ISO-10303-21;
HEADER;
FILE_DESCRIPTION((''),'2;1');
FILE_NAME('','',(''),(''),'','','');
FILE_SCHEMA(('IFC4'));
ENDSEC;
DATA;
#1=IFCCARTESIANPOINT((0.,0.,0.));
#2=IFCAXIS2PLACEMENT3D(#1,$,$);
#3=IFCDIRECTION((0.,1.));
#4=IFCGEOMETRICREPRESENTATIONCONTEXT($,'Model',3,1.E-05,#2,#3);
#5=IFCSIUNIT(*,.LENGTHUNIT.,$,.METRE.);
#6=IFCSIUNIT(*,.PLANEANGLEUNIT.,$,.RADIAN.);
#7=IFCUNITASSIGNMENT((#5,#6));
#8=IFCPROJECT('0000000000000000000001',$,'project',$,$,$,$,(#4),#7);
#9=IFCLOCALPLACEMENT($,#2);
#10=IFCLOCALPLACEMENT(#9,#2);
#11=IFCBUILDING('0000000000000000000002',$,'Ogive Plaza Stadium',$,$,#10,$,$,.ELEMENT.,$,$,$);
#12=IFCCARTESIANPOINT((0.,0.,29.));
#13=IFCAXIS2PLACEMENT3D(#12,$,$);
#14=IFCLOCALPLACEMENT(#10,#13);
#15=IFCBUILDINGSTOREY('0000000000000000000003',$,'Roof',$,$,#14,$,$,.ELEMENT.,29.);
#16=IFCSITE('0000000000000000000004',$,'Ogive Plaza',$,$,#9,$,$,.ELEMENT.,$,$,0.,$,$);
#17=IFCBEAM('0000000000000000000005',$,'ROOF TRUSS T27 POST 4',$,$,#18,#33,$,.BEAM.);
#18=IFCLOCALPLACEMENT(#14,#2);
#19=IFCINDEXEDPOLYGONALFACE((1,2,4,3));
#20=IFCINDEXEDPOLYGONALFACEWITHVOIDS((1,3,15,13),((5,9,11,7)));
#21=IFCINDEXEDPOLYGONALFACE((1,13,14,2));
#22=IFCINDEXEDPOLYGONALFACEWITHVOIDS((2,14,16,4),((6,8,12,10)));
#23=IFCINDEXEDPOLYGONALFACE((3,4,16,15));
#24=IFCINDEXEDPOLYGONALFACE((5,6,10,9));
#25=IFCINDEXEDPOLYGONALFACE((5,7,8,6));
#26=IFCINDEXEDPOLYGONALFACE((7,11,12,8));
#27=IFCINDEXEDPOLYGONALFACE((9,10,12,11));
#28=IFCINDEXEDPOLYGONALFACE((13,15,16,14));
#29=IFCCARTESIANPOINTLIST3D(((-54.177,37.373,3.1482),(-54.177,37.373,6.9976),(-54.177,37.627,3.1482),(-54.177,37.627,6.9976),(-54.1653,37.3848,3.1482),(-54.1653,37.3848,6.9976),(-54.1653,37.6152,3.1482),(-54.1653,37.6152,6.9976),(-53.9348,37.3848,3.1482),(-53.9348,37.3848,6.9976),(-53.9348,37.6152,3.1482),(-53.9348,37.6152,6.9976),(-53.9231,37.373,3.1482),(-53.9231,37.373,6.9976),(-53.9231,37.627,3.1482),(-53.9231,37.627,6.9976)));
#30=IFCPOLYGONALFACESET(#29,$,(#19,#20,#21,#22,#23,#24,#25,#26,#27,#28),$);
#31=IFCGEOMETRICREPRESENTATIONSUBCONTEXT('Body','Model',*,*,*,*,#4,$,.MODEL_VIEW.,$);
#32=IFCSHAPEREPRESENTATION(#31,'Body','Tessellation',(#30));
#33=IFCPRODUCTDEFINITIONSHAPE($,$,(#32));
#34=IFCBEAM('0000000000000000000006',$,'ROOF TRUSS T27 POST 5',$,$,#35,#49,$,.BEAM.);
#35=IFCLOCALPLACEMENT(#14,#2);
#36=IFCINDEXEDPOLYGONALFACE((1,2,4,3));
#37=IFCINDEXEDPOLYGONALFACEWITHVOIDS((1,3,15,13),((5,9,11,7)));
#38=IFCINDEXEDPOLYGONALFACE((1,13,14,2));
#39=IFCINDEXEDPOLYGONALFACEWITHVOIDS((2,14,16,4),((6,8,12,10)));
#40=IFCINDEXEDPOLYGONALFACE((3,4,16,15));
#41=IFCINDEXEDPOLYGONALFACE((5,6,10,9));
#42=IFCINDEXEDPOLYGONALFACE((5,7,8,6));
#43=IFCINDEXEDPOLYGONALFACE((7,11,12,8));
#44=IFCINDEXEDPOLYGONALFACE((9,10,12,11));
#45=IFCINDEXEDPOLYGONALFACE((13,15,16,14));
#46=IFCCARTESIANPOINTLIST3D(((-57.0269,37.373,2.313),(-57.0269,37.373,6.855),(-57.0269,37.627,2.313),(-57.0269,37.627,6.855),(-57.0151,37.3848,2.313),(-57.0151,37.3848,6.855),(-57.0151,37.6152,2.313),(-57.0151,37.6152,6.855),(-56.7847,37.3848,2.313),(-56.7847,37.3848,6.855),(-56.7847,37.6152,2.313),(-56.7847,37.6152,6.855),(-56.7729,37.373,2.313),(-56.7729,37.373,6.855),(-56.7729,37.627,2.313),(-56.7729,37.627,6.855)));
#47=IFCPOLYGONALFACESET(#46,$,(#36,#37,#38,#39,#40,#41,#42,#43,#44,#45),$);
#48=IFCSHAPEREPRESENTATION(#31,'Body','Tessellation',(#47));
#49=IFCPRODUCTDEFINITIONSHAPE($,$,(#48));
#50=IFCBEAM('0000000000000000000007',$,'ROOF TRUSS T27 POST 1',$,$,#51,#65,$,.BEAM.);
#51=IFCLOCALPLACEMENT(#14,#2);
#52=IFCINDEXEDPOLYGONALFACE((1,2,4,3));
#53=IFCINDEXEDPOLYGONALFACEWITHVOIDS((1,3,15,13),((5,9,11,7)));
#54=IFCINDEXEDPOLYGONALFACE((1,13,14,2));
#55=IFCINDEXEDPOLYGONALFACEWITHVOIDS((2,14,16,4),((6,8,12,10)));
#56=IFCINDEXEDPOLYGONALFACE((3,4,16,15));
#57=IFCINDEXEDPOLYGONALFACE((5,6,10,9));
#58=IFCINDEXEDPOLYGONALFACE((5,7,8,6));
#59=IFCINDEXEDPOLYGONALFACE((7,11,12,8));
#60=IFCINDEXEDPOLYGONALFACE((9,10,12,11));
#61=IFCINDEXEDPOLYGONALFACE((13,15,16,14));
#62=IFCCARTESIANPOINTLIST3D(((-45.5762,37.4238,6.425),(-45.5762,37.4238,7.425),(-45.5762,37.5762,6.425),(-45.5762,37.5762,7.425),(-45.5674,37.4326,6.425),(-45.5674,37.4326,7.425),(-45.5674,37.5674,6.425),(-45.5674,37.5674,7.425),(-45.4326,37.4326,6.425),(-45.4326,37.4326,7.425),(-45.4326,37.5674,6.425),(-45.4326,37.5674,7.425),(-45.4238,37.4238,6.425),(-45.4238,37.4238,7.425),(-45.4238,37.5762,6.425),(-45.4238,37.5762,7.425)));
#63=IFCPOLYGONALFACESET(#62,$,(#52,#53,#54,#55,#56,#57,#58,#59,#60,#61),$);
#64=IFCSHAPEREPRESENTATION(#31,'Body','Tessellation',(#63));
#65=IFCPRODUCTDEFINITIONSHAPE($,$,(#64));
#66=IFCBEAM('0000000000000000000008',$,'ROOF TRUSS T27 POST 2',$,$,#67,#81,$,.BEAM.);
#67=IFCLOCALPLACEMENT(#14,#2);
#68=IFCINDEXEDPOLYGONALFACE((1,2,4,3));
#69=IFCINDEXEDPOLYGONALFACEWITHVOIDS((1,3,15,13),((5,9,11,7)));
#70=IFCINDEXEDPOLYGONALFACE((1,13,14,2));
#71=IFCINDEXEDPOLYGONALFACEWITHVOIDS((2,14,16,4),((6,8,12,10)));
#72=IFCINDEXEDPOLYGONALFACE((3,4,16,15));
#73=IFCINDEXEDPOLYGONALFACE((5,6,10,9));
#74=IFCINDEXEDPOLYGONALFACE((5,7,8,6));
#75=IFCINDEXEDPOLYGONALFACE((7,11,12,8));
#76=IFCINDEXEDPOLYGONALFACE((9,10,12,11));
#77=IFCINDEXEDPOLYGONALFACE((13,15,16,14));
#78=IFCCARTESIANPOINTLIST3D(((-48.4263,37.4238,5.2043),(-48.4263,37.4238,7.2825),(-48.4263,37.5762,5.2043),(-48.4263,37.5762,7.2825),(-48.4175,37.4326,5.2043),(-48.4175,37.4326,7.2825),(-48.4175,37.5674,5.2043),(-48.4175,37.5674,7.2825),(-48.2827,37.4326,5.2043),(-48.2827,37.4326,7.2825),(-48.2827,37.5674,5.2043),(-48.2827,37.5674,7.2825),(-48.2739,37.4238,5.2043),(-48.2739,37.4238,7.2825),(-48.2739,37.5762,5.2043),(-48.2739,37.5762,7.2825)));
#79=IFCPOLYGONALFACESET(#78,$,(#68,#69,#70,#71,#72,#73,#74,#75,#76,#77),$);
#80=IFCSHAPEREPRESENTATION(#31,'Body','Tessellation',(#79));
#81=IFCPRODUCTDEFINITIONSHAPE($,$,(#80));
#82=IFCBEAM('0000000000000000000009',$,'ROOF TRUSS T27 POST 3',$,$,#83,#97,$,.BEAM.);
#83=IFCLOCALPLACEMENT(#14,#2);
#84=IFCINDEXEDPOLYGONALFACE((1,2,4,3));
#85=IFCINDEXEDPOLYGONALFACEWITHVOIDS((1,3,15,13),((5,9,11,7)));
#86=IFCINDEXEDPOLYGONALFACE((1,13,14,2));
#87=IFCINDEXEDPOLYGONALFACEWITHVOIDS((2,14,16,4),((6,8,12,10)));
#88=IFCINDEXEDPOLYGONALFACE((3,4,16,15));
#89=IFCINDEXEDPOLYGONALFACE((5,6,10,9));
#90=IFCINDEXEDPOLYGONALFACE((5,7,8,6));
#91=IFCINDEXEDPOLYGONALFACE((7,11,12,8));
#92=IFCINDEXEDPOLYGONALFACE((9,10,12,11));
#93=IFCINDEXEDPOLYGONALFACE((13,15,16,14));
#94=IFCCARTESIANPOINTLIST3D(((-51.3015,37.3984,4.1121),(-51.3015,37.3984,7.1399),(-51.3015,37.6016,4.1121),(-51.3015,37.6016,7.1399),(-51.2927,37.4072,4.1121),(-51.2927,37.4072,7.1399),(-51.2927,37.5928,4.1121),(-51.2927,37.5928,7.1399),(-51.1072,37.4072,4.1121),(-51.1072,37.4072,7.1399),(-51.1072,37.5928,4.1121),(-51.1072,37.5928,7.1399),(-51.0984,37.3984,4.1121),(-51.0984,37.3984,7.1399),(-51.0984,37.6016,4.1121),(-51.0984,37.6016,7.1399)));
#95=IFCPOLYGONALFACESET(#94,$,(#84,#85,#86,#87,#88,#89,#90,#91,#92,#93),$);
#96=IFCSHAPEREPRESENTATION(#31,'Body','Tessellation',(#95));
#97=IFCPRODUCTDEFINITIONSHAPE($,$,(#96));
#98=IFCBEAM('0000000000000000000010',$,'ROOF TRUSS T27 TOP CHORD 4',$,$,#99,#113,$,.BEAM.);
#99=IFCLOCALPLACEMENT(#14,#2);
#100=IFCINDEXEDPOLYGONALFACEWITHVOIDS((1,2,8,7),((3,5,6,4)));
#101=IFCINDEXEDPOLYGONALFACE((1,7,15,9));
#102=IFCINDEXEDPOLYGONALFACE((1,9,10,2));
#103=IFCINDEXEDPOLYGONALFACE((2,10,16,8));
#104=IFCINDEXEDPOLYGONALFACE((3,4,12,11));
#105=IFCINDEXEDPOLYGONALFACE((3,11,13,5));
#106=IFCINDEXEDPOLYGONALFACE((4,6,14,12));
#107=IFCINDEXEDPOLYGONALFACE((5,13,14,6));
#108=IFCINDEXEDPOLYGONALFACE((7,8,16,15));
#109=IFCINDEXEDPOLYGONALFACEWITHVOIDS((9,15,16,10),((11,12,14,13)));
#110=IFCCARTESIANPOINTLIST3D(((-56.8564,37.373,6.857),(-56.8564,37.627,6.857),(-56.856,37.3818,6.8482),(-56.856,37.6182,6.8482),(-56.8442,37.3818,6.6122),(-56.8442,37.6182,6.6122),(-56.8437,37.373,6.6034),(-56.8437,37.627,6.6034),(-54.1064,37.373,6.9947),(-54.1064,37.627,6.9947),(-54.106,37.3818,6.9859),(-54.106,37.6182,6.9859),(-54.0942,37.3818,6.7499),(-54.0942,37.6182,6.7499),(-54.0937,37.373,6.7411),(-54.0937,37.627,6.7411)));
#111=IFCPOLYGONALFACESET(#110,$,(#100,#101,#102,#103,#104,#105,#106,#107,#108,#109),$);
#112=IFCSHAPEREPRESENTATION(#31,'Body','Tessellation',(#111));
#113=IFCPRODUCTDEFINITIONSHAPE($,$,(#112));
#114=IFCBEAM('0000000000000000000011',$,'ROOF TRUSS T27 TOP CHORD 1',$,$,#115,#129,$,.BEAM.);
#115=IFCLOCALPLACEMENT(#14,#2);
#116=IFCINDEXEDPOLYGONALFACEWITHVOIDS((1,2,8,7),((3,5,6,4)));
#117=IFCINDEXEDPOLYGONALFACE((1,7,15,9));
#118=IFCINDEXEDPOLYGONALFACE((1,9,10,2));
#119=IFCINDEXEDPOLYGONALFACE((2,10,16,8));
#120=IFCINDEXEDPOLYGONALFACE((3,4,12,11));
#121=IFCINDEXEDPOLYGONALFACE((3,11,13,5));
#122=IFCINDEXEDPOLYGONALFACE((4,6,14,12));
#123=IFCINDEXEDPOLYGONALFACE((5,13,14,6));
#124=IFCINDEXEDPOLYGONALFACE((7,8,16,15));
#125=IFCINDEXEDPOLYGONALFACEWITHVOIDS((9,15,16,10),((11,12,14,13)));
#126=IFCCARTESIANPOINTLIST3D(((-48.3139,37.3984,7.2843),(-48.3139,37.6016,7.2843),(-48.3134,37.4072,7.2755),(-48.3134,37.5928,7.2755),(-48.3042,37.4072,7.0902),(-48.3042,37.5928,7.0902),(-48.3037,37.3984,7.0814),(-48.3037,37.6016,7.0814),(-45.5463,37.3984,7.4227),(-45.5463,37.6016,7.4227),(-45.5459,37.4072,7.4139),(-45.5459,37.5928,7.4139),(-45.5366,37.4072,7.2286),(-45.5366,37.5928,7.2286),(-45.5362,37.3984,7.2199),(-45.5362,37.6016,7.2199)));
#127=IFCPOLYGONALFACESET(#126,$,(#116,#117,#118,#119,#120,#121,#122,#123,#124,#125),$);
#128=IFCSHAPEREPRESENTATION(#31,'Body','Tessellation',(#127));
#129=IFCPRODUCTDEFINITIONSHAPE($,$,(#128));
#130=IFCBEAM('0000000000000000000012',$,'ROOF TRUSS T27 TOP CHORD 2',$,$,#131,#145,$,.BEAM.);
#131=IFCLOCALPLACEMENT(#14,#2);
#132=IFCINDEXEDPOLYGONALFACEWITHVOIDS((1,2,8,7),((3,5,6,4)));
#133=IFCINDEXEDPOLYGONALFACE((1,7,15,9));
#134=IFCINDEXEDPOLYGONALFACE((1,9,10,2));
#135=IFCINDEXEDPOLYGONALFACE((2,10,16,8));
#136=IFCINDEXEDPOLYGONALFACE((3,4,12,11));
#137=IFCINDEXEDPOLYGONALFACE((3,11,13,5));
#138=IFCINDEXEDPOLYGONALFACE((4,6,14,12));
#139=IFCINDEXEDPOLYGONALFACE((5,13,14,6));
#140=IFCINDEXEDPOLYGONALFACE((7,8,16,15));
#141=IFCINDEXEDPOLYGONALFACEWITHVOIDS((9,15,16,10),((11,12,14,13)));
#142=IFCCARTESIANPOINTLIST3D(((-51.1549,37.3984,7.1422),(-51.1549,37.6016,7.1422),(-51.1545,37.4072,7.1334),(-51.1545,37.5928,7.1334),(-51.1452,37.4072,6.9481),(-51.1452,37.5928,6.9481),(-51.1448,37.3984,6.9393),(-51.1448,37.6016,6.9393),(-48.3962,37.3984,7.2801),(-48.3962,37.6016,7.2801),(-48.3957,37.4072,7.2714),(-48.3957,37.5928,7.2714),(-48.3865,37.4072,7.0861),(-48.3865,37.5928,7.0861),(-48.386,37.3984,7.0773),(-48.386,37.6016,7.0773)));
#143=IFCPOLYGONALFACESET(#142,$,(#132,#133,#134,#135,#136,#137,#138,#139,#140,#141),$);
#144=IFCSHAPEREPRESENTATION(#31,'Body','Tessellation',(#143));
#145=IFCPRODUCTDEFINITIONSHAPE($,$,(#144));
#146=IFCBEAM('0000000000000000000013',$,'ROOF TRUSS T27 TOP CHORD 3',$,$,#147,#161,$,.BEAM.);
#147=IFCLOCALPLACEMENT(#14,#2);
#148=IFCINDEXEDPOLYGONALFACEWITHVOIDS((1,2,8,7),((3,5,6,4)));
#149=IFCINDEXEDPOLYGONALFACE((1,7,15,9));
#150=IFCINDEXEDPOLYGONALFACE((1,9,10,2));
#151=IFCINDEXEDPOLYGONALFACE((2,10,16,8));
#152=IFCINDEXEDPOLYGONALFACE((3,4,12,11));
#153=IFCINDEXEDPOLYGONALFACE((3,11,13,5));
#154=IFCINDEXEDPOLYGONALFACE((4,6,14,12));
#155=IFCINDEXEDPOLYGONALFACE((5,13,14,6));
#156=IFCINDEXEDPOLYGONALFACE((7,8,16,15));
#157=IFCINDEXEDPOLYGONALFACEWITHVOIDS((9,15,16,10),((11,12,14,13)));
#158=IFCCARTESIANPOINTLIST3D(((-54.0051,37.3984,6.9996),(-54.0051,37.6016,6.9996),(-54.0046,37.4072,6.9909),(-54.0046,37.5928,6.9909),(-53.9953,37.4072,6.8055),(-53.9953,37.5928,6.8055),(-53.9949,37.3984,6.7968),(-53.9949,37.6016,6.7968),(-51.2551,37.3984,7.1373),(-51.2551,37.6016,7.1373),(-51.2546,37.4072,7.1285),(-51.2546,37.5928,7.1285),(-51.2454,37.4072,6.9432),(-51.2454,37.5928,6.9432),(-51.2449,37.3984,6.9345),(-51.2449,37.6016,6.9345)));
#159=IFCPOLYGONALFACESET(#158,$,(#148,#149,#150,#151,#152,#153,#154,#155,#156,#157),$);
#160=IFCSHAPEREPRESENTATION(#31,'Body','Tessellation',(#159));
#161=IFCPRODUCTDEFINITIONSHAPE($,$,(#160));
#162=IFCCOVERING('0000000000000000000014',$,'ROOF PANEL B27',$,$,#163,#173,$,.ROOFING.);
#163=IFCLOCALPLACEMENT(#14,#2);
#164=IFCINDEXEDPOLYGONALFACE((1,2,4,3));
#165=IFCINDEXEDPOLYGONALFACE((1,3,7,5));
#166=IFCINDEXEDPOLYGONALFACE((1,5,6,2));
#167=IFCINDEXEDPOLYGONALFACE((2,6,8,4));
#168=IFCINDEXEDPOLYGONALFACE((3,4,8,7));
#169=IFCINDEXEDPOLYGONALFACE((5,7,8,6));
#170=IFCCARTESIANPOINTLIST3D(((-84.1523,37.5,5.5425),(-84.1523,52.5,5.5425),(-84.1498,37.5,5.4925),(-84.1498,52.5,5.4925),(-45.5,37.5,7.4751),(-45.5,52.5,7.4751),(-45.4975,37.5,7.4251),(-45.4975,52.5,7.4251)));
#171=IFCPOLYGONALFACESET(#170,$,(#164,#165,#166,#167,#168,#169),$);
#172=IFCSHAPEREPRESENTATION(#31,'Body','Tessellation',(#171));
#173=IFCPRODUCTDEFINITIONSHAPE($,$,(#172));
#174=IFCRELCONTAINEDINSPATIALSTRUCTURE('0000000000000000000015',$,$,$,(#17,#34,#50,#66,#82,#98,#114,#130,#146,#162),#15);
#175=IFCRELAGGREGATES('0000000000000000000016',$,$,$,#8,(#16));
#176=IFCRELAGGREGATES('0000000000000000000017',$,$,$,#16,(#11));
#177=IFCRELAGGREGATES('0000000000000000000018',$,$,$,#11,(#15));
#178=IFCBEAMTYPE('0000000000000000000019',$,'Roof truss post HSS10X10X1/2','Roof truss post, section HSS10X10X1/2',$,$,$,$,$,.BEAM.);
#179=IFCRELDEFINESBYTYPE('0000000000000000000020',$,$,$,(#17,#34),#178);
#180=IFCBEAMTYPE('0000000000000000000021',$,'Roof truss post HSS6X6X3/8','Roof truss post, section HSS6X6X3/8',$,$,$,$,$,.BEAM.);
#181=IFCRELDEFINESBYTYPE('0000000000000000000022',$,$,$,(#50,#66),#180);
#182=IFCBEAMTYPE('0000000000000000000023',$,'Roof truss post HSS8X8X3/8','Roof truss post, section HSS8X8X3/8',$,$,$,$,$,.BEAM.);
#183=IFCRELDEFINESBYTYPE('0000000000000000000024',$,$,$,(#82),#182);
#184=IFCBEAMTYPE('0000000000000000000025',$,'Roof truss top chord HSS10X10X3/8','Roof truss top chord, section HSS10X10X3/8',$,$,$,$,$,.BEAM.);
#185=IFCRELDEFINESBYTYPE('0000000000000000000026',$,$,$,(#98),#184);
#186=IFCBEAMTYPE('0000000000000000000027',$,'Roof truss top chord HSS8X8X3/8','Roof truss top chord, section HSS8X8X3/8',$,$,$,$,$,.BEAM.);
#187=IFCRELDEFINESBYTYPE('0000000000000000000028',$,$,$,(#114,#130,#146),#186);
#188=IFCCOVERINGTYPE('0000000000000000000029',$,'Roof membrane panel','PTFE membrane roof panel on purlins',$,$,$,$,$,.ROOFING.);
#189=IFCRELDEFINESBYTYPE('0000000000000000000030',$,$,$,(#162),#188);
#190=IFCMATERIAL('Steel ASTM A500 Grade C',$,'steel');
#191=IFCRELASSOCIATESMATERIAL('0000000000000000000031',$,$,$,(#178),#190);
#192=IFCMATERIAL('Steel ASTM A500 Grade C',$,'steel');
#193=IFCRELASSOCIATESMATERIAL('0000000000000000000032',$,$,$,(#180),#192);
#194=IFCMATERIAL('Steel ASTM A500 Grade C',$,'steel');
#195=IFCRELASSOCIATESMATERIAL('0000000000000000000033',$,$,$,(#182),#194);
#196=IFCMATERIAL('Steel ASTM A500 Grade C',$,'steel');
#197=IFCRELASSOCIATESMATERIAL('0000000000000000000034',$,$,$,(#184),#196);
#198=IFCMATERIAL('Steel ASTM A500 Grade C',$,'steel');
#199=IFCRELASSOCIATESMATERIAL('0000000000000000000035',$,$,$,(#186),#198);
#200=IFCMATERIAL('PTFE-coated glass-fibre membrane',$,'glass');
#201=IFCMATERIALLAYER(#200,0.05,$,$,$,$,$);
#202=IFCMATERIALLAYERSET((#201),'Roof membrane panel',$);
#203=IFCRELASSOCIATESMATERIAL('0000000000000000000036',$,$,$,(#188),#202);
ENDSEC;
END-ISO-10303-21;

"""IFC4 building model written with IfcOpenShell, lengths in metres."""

from ifc_helpers import new_model, si_unit, direction, frame, origin, origin_2d, place, context, subcontext, project, spatial, polyline, hollow_rectangle, outline, extrude, material, layer, layer_set, material_profile, profile_set, type_object, element, save


model = new_model("IFC4")

# Units and contexts
model_context = context("Model", 3, precision=1e-05, world=origin(), true_north=direction((0.0, 1.0)))
body_context = subcontext(model_context, "Body", "Model", "MODEL_VIEW")
ifc_project = project(units=[si_unit("LENGTHUNIT", "METRE"), si_unit("PLANEANGLEUNIT", "RADIAN")], contexts=[model_context])

# Site, building, storey
site_placement = place(None, origin())
site = spatial("IfcSite", under=ifc_project, at=site_placement, Name="Ogive Plaza", CompositionType="ELEMENT", RefElevation=0.0)
building_placement = place(site_placement, origin())
building = spatial("IfcBuilding", under=site, at=building_placement, Name="Ogive Plaza Stadium", CompositionType="ELEMENT")
storey_placement = place(building_placement, frame((0.0, 0.0, 29.0)))
storey = spatial("IfcBuildingStorey", under=building, at=storey_placement, Name="Roof", CompositionType="ELEMENT", Elevation=29.0)

# Beams
ifc_material_1 = material(Name="Steel ASTM A500 Grade C", Category="steel")
ifc_material_profile_1 = material_profile(ifc_material_1, hollow_rectangle(XDim=0.2539, YDim=0.2539, WallThickness=0.0117, at=origin_2d()), Name="HSS10X10X1/2")
ifc_profile_set_1 = profile_set([ifc_material_profile_1], Name="Steel ASTM A500 Grade C")
beam_type_1 = type_object("IfcBeamType", Name="Roof truss post HSS10X10X1/2", Description="Roof truss post, section HSS10X10X1/2", PredefinedType="BEAM", material=ifc_profile_set_1)
beam_1_placement = place(storey_placement, frame((-54.05, 37.5, 3.1482), z_axis=(0.0, 0.0, 1.0), x_axis=(0.0, -1.0, 0.0)))
element("IfcBeam", 1, at=beam_1_placement, inside=storey, type_object=beam_type_1, Name="ROOF TRUSS T27 POST 4", PredefinedType="BEAM", context=body_context, shape_type="SweptSolid", body=[
    extrude(hollow_rectangle(XDim=0.2539, YDim=0.2539, WallThickness=0.0117, at=origin_2d()), origin(), (0.0, 0.0, 1.0), 3.8494),
])
beam_2_placement = place(storey_placement, frame((-56.8999, 37.5, 2.313), z_axis=(0.0, 0.0, 1.0), x_axis=(0.0, -1.0, 0.0)))
element("IfcBeam", 2, at=beam_2_placement, inside=storey, type_object=beam_type_1, Name="ROOF TRUSS T27 POST 5", PredefinedType="BEAM", context=body_context, shape_type="SweptSolid", body=[
    extrude(hollow_rectangle(XDim=0.2539, YDim=0.2539, WallThickness=0.0117, at=origin_2d()), origin(), (0.0, 0.0, 1.0), 4.542),
])
ifc_material_2 = material(Name="Steel ASTM A500 Grade C", Category="steel")
ifc_material_profile_2 = material_profile(ifc_material_2, hollow_rectangle(XDim=0.1523, YDim=0.1523, WallThickness=0.0088, at=origin_2d()), Name="HSS6X6X3/8")
ifc_profile_set_2 = profile_set([ifc_material_profile_2], Name="Steel ASTM A500 Grade C")
beam_type_2 = type_object("IfcBeamType", Name="Roof truss post HSS6X6X3/8", Description="Roof truss post, section HSS6X6X3/8", PredefinedType="BEAM", material=ifc_profile_set_2)
beam_3_placement = place(storey_placement, frame((-45.5, 37.5, 6.425), z_axis=(0.0, 0.0, 1.0), x_axis=(0.0, -1.0, 0.0)))
element("IfcBeam", 3, at=beam_3_placement, inside=storey, type_object=beam_type_2, Name="ROOF TRUSS T27 POST 1", PredefinedType="BEAM", context=body_context, shape_type="SweptSolid", body=[
    extrude(hollow_rectangle(XDim=0.1523, YDim=0.1523, WallThickness=0.0088, at=origin_2d()), origin(), (0.0, 0.0, 1.0), 1.0),
])
beam_4_placement = place(storey_placement, frame((-48.3501, 37.5, 5.2043), z_axis=(0.0, 0.0, 1.0), x_axis=(0.0, -1.0, 0.0)))
element("IfcBeam", 4, at=beam_4_placement, inside=storey, type_object=beam_type_2, Name="ROOF TRUSS T27 POST 2", PredefinedType="BEAM", context=body_context, shape_type="SweptSolid", body=[
    extrude(hollow_rectangle(XDim=0.1523, YDim=0.1523, WallThickness=0.0088, at=origin_2d()), origin(), (0.0, 0.0, 1.0), 2.0781),
])
ifc_material_3 = material(Name="Steel ASTM A500 Grade C", Category="steel")
ifc_material_profile_3 = material_profile(ifc_material_3, hollow_rectangle(XDim=0.2031, YDim=0.2031, WallThickness=0.0088, at=origin_2d()), Name="HSS8X8X3/8")
ifc_profile_set_3 = profile_set([ifc_material_profile_3], Name="Steel ASTM A500 Grade C")
beam_type_3 = type_object("IfcBeamType", Name="Roof truss post HSS8X8X3/8", Description="Roof truss post, section HSS8X8X3/8", PredefinedType="BEAM", material=ifc_profile_set_3)
beam_5_placement = place(storey_placement, frame((-51.2, 37.5, 4.1121), z_axis=(0.0, 0.0, 1.0), x_axis=(0.0, -1.0, 0.0)))
element("IfcBeam", 5, at=beam_5_placement, inside=storey, type_object=beam_type_3, Name="ROOF TRUSS T27 POST 3", PredefinedType="BEAM", context=body_context, shape_type="SweptSolid", body=[
    extrude(hollow_rectangle(XDim=0.2031, YDim=0.2031, WallThickness=0.0088, at=origin_2d()), origin(), (0.0, 0.0, 1.0), 3.0278),
])
ifc_material_4 = material(Name="Steel ASTM A500 Grade C", Category="steel")
ifc_material_profile_4 = material_profile(ifc_material_4, hollow_rectangle(XDim=0.2539, YDim=0.2539, WallThickness=0.0088, at=origin_2d()), Name="HSS10X10X3/8")
ifc_profile_set_4 = profile_set([ifc_material_profile_4], Name="Steel ASTM A500 Grade C")
beam_type_4 = type_object("IfcBeamType", Name="Roof truss top chord HSS10X10X3/8", Description="Roof truss top chord, section HSS10X10X3/8", PredefinedType="BEAM", material=ifc_profile_set_4)
beam_6_placement = place(storey_placement, frame((-54.1001, 37.5, 6.8679), z_axis=(-0.998749, 0.0, -0.050008), x_axis=(0.0, -1.0, 0.0)))
element("IfcBeam", 6, at=beam_6_placement, inside=storey, type_object=beam_type_4, Name="ROOF TRUSS T27 TOP CHORD 4", PredefinedType="BEAM", context=body_context, shape_type="SweptSolid", body=[
    extrude(hollow_rectangle(XDim=0.2539, YDim=0.2539, WallThickness=0.0088, at=origin_2d()), origin(), (0.0, 0.0, 1.0), 2.7534),
])
ifc_material_5 = material(Name="Steel ASTM A500 Grade C", Category="steel")
ifc_material_profile_5 = material_profile(ifc_material_5, hollow_rectangle(XDim=0.2031, YDim=0.2031, WallThickness=0.0088, at=origin_2d()), Name="HSS8X8X3/8")
ifc_profile_set_5 = profile_set([ifc_material_profile_5], Name="Steel ASTM A500 Grade C")
beam_type_5 = type_object("IfcBeamType", Name="Roof truss top chord HSS8X8X3/8", Description="Roof truss top chord, section HSS8X8X3/8", PredefinedType="BEAM", material=ifc_profile_set_5)
beam_7_placement = place(storey_placement, frame((-45.5413, 37.5, 7.3213), z_axis=(-0.998751, 0.0, -0.049955), x_axis=(0.0, -1.0, 0.0)))
element("IfcBeam", 7, at=beam_7_placement, inside=storey, type_object=beam_type_5, Name="ROOF TRUSS T27 TOP CHORD 1", PredefinedType="BEAM", context=body_context, shape_type="SweptSolid", body=[
    extrude(hollow_rectangle(XDim=0.2031, YDim=0.2031, WallThickness=0.0088, at=origin_2d()), origin(), (0.0, 0.0, 1.0), 2.771),
])
beam_8_placement = place(storey_placement, frame((-48.3911, 37.5, 7.1787), z_axis=(-0.998752, 0.0, -0.049938), x_axis=(0.0, -1.0, 0.0)))
element("IfcBeam", 8, at=beam_8_placement, inside=storey, type_object=beam_type_5, Name="ROOF TRUSS T27 TOP CHORD 2", PredefinedType="BEAM", context=body_context, shape_type="SweptSolid", body=[
    extrude(hollow_rectangle(XDim=0.2031, YDim=0.2031, WallThickness=0.0088, at=origin_2d()), origin(), (0.0, 0.0, 1.0), 2.7622),
])
beam_9_placement = place(storey_placement, frame((-51.25, 37.5, 7.0359), z_axis=(-0.998749, 0.0, -0.050008), x_axis=(0.0, -1.0, 0.0)))
element("IfcBeam", 9, at=beam_9_placement, inside=storey, type_object=beam_type_5, Name="ROOF TRUSS T27 TOP CHORD 3", PredefinedType="BEAM", context=body_context, shape_type="SweptSolid", body=[
    extrude(hollow_rectangle(XDim=0.2031, YDim=0.2031, WallThickness=0.0088, at=origin_2d()), origin(), (0.0, 0.0, 1.0), 2.7534),
])

# Covering
ifc_material_6 = material(Name="PTFE-coated glass-fibre membrane", Category="glass")
ifc_layer_1 = layer(ifc_material_6, 0.05)
ifc_layer_set_1 = layer_set([ifc_layer_1], Name="Roof membrane panel")
covering_type = type_object("IfcCoveringType", Name="Roof membrane panel", Description="PTFE membrane roof panel on purlins", PredefinedType="ROOFING", material=ifc_layer_set_1)
covering_placement = place(storey_placement, frame((-45.5, 37.5, 7.4751), z_axis=(-0.049938, 0.0, 0.998752), x_axis=(-0.998752, 0.0, -0.049938)))
element("IfcCovering", 10, at=covering_placement, inside=storey, type_object=covering_type, Name="ROOF PANEL B27", PredefinedType="ROOFING", context=body_context, shape_type="SweptSolid", body=[
    extrude(outline(polyline([(0.0, 0.0), (38.7006, 0.0), (38.7006, -15.0), (0.0, -15.0), (0.0, 0.0)])), origin(), (0.0, 0.0, -1.0), 0.05),
])

save(model, "model.ifc")
